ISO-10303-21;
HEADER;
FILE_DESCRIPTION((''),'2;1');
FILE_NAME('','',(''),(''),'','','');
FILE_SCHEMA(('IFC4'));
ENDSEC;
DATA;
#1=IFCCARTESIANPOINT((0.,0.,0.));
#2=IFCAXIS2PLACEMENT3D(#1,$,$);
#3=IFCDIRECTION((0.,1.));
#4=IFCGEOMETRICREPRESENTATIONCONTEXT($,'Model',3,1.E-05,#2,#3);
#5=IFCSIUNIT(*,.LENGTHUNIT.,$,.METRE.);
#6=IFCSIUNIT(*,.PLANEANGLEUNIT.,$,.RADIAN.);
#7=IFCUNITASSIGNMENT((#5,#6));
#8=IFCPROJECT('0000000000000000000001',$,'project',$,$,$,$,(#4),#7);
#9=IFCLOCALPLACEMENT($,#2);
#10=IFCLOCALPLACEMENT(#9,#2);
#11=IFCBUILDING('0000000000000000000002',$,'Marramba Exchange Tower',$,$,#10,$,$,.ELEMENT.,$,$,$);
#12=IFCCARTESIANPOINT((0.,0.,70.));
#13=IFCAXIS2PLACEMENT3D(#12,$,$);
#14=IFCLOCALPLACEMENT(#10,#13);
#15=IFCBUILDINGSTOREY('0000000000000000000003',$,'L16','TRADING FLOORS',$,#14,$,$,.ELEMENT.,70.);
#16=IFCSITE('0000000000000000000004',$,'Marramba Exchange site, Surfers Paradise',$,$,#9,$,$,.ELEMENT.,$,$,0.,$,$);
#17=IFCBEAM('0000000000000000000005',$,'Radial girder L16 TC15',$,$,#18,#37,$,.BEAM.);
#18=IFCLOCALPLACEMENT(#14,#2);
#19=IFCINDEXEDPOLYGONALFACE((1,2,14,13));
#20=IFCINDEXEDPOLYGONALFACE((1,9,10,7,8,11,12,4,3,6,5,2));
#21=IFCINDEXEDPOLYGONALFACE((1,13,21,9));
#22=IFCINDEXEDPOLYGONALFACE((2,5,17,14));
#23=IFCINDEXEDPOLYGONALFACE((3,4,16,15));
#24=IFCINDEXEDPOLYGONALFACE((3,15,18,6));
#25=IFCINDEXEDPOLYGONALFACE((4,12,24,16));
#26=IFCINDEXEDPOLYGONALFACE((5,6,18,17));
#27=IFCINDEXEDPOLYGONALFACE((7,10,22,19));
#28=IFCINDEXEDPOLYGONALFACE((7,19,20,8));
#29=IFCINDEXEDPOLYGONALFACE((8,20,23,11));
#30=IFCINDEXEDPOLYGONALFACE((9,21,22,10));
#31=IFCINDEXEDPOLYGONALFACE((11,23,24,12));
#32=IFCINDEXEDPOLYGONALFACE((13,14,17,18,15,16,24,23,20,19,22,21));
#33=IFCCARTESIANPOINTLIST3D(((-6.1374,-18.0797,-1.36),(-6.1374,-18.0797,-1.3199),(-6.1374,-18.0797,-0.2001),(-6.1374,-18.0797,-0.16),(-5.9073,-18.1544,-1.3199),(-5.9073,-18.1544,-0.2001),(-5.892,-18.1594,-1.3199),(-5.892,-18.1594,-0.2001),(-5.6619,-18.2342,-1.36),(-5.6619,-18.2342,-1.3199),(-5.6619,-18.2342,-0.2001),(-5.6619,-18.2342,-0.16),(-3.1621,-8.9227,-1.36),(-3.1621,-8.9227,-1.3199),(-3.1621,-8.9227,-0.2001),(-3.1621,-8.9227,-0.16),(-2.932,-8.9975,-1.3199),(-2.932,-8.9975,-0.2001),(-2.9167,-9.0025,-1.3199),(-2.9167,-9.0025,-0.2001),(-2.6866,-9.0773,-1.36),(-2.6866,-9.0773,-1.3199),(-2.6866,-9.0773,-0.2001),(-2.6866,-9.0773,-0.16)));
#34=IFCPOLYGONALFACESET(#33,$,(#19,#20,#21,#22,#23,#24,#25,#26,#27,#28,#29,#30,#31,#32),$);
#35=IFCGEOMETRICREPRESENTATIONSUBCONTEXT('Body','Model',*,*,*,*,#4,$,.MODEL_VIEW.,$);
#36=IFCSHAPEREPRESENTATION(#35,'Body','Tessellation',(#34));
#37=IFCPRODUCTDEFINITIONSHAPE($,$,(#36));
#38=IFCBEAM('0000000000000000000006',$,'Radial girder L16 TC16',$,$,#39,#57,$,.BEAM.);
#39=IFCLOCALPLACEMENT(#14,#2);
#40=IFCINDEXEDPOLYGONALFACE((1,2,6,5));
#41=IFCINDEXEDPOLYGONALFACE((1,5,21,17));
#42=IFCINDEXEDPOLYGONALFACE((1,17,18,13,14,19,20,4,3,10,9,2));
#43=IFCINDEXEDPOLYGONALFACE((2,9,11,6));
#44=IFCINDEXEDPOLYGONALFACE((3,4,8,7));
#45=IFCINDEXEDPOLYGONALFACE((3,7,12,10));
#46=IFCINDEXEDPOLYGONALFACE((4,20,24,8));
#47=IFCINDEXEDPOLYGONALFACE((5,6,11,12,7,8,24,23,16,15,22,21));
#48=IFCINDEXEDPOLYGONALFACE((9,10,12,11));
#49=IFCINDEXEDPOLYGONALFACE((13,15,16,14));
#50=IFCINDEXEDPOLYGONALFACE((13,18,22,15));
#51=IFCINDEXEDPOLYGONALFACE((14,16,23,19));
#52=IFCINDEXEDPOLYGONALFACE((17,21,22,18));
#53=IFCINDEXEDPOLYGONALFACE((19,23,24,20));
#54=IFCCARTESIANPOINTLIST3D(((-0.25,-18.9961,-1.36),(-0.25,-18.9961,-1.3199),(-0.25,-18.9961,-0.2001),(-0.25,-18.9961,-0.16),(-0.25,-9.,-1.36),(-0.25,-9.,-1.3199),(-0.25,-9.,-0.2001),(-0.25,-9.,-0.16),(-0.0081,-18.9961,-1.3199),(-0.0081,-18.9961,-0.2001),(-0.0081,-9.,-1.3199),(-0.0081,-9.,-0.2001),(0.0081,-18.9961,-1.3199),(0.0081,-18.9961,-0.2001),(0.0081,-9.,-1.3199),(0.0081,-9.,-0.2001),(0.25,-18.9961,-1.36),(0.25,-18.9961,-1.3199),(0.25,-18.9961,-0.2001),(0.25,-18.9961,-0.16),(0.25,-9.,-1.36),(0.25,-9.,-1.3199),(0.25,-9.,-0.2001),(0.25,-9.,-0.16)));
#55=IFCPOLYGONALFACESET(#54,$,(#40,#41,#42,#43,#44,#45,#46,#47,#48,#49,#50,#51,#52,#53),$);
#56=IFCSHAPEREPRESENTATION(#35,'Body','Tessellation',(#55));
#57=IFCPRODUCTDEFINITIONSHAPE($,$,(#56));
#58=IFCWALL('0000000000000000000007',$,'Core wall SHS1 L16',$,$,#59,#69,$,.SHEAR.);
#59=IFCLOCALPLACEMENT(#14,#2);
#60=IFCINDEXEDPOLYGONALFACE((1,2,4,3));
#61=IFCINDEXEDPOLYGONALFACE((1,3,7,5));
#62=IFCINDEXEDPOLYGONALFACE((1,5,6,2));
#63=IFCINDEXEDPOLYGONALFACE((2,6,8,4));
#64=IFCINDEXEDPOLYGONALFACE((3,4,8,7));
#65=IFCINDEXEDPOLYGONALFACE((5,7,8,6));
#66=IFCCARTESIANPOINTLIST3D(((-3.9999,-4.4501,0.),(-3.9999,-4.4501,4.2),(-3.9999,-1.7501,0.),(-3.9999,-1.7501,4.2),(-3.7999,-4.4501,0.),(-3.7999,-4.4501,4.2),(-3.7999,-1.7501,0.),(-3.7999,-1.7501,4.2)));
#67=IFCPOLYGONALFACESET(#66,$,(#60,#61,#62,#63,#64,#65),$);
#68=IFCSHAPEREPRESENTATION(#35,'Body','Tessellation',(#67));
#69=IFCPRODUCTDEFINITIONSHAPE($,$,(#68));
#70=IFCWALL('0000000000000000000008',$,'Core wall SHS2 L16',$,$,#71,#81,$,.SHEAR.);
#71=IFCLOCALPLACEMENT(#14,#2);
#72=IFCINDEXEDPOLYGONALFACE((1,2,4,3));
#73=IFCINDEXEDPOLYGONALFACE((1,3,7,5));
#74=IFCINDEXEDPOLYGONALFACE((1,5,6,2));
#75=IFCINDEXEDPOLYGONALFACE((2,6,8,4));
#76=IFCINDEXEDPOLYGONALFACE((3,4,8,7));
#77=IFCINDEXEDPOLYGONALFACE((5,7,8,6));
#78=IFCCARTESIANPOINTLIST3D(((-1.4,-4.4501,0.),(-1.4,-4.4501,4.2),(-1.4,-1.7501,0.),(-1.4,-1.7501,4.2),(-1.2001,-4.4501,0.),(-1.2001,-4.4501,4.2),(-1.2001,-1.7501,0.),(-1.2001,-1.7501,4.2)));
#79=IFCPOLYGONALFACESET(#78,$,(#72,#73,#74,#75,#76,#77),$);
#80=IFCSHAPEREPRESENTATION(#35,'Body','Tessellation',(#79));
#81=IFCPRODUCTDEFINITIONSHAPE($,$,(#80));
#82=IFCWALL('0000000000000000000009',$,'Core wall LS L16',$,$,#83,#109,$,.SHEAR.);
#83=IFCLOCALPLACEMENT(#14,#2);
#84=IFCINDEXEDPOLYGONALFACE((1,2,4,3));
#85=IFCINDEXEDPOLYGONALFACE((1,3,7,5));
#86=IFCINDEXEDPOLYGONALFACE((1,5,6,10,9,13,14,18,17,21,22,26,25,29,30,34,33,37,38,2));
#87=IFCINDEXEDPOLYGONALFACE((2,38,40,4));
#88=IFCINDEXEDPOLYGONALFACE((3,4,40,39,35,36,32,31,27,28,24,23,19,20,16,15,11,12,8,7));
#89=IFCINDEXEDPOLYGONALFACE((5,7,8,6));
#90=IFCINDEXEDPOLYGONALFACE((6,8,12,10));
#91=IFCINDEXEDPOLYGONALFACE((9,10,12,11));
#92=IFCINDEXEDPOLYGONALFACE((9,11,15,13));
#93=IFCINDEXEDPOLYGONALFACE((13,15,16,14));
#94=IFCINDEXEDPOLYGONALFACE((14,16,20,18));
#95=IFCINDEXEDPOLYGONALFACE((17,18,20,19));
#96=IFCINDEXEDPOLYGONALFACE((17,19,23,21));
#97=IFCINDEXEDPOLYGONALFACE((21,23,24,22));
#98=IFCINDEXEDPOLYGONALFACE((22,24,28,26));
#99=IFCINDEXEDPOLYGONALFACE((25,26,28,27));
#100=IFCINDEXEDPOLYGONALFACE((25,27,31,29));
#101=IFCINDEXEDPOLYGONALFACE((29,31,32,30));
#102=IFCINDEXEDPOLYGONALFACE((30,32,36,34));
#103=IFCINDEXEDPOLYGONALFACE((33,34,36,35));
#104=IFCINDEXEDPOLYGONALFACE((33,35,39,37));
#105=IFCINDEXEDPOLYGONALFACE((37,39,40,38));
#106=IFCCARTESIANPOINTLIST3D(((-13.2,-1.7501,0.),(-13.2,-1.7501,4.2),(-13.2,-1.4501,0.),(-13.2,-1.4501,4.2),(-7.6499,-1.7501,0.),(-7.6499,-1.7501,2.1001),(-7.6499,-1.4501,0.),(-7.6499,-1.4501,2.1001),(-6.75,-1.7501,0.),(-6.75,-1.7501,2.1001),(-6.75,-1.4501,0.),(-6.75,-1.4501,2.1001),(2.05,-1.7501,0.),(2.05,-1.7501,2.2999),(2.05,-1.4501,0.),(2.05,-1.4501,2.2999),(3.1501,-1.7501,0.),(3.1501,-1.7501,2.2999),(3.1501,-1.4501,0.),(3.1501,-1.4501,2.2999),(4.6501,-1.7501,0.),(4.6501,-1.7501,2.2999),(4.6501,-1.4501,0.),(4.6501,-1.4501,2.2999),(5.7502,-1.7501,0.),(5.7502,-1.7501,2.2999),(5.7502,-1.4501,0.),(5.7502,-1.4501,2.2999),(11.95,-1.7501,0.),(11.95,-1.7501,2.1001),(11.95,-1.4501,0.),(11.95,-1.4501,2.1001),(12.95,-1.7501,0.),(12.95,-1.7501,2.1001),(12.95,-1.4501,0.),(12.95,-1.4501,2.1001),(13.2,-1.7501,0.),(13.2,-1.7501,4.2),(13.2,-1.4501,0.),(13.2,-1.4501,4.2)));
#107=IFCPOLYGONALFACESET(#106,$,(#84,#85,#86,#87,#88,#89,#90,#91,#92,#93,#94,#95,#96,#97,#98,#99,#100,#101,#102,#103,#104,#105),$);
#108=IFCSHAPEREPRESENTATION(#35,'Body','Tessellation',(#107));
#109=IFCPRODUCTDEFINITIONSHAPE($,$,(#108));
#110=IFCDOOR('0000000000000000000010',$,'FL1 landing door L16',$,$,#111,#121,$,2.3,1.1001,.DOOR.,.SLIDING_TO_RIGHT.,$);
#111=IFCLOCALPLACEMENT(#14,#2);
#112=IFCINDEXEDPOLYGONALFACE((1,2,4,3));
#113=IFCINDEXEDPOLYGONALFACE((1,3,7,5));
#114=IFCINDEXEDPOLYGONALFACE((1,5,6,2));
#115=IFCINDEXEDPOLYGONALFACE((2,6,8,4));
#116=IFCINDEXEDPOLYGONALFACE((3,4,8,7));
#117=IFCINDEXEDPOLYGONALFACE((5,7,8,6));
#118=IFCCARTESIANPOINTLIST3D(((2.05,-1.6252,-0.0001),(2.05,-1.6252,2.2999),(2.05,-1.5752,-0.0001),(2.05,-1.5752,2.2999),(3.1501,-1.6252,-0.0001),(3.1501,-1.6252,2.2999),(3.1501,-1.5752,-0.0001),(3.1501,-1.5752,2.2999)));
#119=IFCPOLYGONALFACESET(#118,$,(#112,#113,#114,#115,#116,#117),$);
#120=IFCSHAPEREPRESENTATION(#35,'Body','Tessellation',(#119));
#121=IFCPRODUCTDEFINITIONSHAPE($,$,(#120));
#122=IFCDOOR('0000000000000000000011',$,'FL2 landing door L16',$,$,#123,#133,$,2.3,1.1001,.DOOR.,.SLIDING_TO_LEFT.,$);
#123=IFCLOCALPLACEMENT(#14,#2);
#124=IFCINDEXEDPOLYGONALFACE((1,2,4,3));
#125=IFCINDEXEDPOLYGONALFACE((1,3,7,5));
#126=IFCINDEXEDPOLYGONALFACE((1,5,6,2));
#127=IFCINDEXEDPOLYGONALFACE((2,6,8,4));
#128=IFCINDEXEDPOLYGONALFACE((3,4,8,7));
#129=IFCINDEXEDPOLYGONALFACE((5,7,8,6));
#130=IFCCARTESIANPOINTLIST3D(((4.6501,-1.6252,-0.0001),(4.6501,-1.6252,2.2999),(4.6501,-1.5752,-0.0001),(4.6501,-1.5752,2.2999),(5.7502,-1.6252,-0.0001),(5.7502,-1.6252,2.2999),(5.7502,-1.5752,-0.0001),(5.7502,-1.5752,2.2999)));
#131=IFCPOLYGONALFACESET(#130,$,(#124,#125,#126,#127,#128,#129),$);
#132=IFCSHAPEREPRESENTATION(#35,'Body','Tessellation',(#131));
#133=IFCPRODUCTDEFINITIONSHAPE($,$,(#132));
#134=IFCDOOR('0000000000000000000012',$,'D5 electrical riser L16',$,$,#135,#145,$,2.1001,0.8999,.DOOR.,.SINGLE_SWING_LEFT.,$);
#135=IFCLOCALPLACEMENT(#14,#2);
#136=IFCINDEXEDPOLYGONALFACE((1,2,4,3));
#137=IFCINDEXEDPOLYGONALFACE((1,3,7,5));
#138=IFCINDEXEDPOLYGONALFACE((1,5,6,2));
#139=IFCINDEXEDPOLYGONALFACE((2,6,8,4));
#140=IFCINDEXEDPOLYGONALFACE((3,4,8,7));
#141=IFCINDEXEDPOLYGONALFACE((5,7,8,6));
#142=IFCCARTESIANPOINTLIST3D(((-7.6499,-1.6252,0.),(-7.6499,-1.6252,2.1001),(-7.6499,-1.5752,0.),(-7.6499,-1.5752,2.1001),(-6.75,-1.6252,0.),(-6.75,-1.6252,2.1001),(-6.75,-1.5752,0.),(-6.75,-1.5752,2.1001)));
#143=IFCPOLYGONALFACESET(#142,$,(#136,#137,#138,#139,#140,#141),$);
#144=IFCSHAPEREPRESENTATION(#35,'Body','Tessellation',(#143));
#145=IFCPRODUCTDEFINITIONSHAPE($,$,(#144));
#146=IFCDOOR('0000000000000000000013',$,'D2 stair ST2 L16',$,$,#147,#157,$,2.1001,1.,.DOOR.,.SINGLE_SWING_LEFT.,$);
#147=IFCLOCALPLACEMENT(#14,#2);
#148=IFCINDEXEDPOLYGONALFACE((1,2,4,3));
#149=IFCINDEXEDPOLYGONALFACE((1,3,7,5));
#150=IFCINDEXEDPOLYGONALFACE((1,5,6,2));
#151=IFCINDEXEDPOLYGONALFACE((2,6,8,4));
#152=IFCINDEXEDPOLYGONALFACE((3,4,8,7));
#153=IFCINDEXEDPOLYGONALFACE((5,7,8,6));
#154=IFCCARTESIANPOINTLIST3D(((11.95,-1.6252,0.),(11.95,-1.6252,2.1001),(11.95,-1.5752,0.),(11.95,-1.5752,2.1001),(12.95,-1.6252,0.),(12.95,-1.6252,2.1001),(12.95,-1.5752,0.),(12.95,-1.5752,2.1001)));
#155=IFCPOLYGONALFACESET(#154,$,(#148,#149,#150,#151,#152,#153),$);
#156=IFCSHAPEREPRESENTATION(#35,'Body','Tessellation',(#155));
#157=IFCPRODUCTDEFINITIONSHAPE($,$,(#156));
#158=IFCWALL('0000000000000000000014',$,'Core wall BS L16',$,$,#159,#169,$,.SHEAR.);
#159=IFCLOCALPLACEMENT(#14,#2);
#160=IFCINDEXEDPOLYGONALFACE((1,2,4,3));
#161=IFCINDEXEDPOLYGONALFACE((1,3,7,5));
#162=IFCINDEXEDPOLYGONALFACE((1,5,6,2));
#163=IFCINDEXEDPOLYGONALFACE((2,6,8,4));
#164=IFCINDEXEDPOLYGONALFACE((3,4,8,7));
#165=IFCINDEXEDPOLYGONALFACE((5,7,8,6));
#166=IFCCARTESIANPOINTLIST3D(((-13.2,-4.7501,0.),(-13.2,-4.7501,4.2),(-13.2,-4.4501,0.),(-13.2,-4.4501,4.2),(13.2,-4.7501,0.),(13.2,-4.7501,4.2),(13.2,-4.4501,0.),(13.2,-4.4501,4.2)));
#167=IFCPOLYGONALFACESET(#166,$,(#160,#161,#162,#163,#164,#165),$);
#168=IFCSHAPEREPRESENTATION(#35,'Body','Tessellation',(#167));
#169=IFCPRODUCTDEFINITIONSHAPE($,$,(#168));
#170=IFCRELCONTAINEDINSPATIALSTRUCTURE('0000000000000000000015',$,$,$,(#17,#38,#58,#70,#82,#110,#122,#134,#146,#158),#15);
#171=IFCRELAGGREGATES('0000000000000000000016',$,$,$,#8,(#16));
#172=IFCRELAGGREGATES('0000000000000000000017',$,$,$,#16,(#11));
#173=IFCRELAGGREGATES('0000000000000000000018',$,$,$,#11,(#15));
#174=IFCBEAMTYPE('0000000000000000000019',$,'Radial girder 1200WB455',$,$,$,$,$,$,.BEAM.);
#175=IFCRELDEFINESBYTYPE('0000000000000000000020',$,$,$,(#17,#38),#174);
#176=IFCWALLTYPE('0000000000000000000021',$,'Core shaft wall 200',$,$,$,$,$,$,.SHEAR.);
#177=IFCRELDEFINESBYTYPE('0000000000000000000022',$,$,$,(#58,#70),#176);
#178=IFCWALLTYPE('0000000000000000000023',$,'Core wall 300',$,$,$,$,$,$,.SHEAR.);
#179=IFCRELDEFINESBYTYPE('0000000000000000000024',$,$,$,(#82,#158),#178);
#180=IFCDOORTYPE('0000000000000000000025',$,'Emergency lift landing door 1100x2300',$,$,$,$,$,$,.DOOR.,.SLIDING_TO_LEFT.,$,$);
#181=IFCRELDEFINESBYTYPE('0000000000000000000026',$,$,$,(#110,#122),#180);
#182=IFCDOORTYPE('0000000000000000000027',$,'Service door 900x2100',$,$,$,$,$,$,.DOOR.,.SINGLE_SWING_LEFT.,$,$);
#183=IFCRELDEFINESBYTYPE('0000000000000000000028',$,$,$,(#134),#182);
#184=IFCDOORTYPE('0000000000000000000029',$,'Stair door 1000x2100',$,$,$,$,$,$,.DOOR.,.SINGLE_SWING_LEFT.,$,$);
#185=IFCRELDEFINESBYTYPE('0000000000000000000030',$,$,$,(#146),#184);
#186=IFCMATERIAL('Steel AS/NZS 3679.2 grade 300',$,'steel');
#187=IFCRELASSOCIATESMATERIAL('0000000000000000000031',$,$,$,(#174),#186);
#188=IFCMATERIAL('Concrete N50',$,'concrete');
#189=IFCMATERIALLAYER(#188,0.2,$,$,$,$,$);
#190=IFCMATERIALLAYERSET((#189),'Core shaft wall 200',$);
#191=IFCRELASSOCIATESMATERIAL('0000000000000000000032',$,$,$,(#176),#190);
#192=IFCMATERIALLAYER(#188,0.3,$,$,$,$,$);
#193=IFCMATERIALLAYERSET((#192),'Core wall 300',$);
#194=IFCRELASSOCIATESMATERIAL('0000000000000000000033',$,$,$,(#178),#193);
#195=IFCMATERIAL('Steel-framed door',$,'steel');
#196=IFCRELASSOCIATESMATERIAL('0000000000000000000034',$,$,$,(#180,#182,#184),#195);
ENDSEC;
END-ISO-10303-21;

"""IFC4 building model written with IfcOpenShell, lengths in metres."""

from ifc_helpers import new_model, si_unit, direction, frame, frame_2d, origin, origin_2d, place, context, subcontext, project, spatial, rectangle, i_section, extrude, material, layer, layer_set, material_profile, profile_set, type_object, element, fill, save


model = new_model("IFC4")

# Units and contexts
model_context = context("Model", 3, precision=1e-05, world=origin(), true_north=direction((0.0, 1.0)))
body_context = subcontext(model_context, "Body", "Model", "MODEL_VIEW")
ifc_project = project(units=[si_unit("LENGTHUNIT", "METRE"), si_unit("PLANEANGLEUNIT", "RADIAN")], contexts=[model_context])

# Site, building, storey
site_placement = place(None, origin())
site = spatial("IfcSite", under=ifc_project, at=site_placement, Name="Marramba Exchange site, Surfers Paradise", CompositionType="ELEMENT", RefElevation=0.0)
building_placement = place(site_placement, origin())
building = spatial("IfcBuilding", under=site, at=building_placement, Name="Marramba Exchange Tower", CompositionType="ELEMENT")
storey_placement = place(building_placement, frame((0.0, 0.0, 70.0)))
storey = spatial("IfcBuildingStorey", under=building, at=storey_placement, Name="L16", Description="TRADING FLOORS", CompositionType="ELEMENT", Elevation=70.0)

# Beams
ifc_material_1 = material(Name="Steel AS/NZS 3679.2 grade 300", Category="steel")
ifc_material_profile = material_profile(ifc_material_1, i_section(OverallWidth=0.5, OverallDepth=1.2, WebThickness=0.0161, FlangeThickness=0.04, at=origin_2d()), Name="1200WB455")
ifc_profile_set = profile_set([ifc_material_profile], Name="Steel AS/NZS 3679.2 grade 300")
beam_type = type_object("IfcBeamType", Name="Radial girder 1200WB455", PredefinedType="BEAM", material=ifc_profile_set)
beam_1_placement = place(storey_placement, frame((-2.9243, -9.0, -0.76), z_axis=(-0.309022, -0.951055, 0.0), x_axis=(0.951055, -0.309022, 0.0)))
element("IfcBeam", 1, at=beam_1_placement, inside=storey, type_object=beam_type, Name="Radial girder L16 TC15", PredefinedType="BEAM", context=body_context, shape_type="SweptSolid", body=[
    extrude(i_section(OverallWidth=0.5, OverallDepth=1.2, WebThickness=0.0161, FlangeThickness=0.04, at=origin_2d()), origin(), (0.0, 0.0, 1.0), 9.6282),
])
beam_2_placement = place(storey_placement, frame((0.0, -9.0, -0.76), z_axis=(0.0, -1.0, 0.0), x_axis=(1.0, 0.0, 0.0)))
element("IfcBeam", 2, at=beam_2_placement, inside=storey, type_object=beam_type, Name="Radial girder L16 TC16", PredefinedType="BEAM", context=body_context, shape_type="SweptSolid", body=[
    extrude(i_section(OverallWidth=0.5, OverallDepth=1.2, WebThickness=0.0161, FlangeThickness=0.04, at=origin_2d()), origin(), (0.0, 0.0, 1.0), 9.9961),
])

# Walls
ifc_material_2 = material(Name="Concrete N50", Category="concrete")
ifc_layer_1 = layer(ifc_material_2, 0.2)
ifc_layer_set_1 = layer_set([ifc_layer_1], Name="Core shaft wall 200")
wall_type_1 = type_object("IfcWallType", Name="Core shaft wall 200", PredefinedType="SHEAR", material=ifc_layer_set_1)
for number, where, z_axis, x_axis, name in (
    (3, (-3.8999, -1.75, 0.0), (0.0, 0.0, 1.0), (0.0, -1.0, 0.0), "Core wall SHS1 L16"),
    (4, (-1.3, -1.75, 0.0), (0.0, 0.0, 1.0), (0.0, -1.0, 0.0), "Core wall SHS2 L16"),
):
    element("IfcWall", number, at=place(storey_placement, frame(where, z_axis=z_axis, x_axis=x_axis)), inside=storey, type_object=wall_type_1, Name=name, PredefinedType="SHEAR", context=body_context, shape_type="SweptSolid", body=[
        extrude(rectangle(XDim=2.7, YDim=0.2, at=frame_2d((1.3501, 0.0))), origin(), (0.0, 0.0, 1.0), 4.2),
    ])

# Wall, openings, doors
ifc_layer_2 = layer(ifc_material_2, 0.3)
ifc_layer_set_2 = layer_set([ifc_layer_2], Name="Core wall 300")
wall_type_2 = type_object("IfcWallType", Name="Core wall 300", PredefinedType="SHEAR", material=ifc_layer_set_2)
wall_1_placement = place(storey_placement, frame((-13.2, -1.6001, 0.0), z_axis=(0.0, 0.0, 1.0), x_axis=(1.0, 0.0, 0.0)))
wall_1 = element("IfcWall", 5, at=wall_1_placement, inside=storey, type_object=wall_type_2, Name="Core wall LS L16", PredefinedType="SHEAR", context=body_context, shape_type="SweptSolid", body=[
    extrude(rectangle(XDim=26.3999, YDim=0.3, at=frame_2d((13.2, 0.0))), origin(), (0.0, 0.0, 1.0), 4.2),
])
opening_1_placement = place(wall_1_placement, frame((25.1499, 0.0, 0.0)))
opening_1 = element("IfcOpeningElement", 6, at=opening_1_placement, cuts=wall_1, PredefinedType="OPENING", context=body_context, shape_type="SweptSolid", body=[
    extrude(rectangle(XDim=1.0, YDim=2.1001, at=frame_2d((0.5, 1.05))), frame((0.0, 0.1599, 0.0), z_axis=(0.0, -1.0, 0.0), x_axis=(1.0, 0.0, 0.0)), (0.0, 0.0, 1.0), 0.3201),
])
opening_2_placement = place(wall_1_placement, frame((15.25, 0.0, 0.0)))
opening_2 = element("IfcOpeningElement", 7, at=opening_2_placement, cuts=wall_1, PredefinedType="OPENING", context=body_context, shape_type="SweptSolid", body=[
    extrude(rectangle(XDim=1.1001, YDim=2.3, at=frame_2d((0.55, 1.1499))), frame((0.0, 0.1599, 0.0), z_axis=(0.0, -1.0, 0.0), x_axis=(1.0, 0.0, 0.0)), (0.0, 0.0, 1.0), 0.3201),
])
opening_3_placement = place(wall_1_placement, frame((17.8501, 0.0, 0.0)))
opening_3 = element("IfcOpeningElement", 8, at=opening_3_placement, cuts=wall_1, PredefinedType="OPENING", context=body_context, shape_type="SweptSolid", body=[
    extrude(rectangle(XDim=1.1001, YDim=2.3, at=frame_2d((0.55, 1.1499))), frame((0.0, 0.1599, 0.0), z_axis=(0.0, -1.0, 0.0), x_axis=(1.0, 0.0, 0.0)), (0.0, 0.0, 1.0), 0.3201),
])
opening_4_placement = place(wall_1_placement, frame((5.55, 0.0, 0.0)))
opening_4 = element("IfcOpeningElement", 9, at=opening_4_placement, cuts=wall_1, PredefinedType="OPENING", context=body_context, shape_type="SweptSolid", body=[
    extrude(rectangle(XDim=0.8999, YDim=2.1001, at=frame_2d((0.45, 1.05))), frame((0.0, 0.1599, 0.0), z_axis=(0.0, -1.0, 0.0), x_axis=(1.0, 0.0, 0.0)), (0.0, 0.0, 1.0), 0.3201),
])
ifc_material_3 = material(Name="Steel-framed door", Category="steel")
door_type_1 = type_object("IfcDoorType", Name="Emergency lift landing door 1100x2300", OperationType="SLIDING_TO_LEFT", PredefinedType="DOOR", material=ifc_material_3)
door_1_placement = place(opening_2_placement, frame((1.1001, 0.0, 0.0), z_axis=(0.0, 0.0, 1.0), x_axis=(-1.0, 0.0, 0.0)))
door_1 = element("IfcDoor", 10, at=door_1_placement, inside=storey, type_object=door_type_1, Name="FL1 landing door L16", OperationType="SLIDING_TO_RIGHT", OverallHeight=2.3, OverallWidth=1.1001, PredefinedType="DOOR", context=body_context, shape_type="SweptSolid", body=[
    extrude(rectangle(XDim=1.1001, YDim=2.3, at=frame_2d((0.55, 1.1499))), frame((0.0, 0.0251, 0.0), z_axis=(0.0, -1.0, 0.0), x_axis=(1.0, 0.0, 0.0)), (0.0, 0.0, 1.0), 0.05),
])
fill(opening_2, door_1)
door_2_placement = place(opening_3_placement, frame((1.1001, 0.0, 0.0), z_axis=(0.0, 0.0, 1.0), x_axis=(-1.0, 0.0, 0.0)))
door_2 = element("IfcDoor", 11, at=door_2_placement, inside=storey, type_object=door_type_1, Name="FL2 landing door L16", OperationType="SLIDING_TO_LEFT", OverallHeight=2.3, OverallWidth=1.1001, PredefinedType="DOOR", context=body_context, shape_type="SweptSolid", body=[
    extrude(rectangle(XDim=1.1001, YDim=2.3, at=frame_2d((0.55, 1.1499))), frame((0.0, 0.0251, 0.0), z_axis=(0.0, -1.0, 0.0), x_axis=(1.0, 0.0, 0.0)), (0.0, 0.0, 1.0), 0.05),
])
fill(opening_3, door_2)
door_type_2 = type_object("IfcDoorType", Name="Service door 900x2100", OperationType="SINGLE_SWING_LEFT", PredefinedType="DOOR", material=ifc_material_3)
door_3_placement = place(opening_4_placement, frame((0.8999, 0.0, 0.0), z_axis=(0.0, 0.0, 1.0), x_axis=(-1.0, 0.0, 0.0)))
door_3 = element("IfcDoor", 12, at=door_3_placement, inside=storey, type_object=door_type_2, Name="D5 electrical riser L16", OperationType="SINGLE_SWING_LEFT", OverallHeight=2.1001, OverallWidth=0.8999, PredefinedType="DOOR", context=body_context, shape_type="SweptSolid", body=[
    extrude(rectangle(XDim=0.8999, YDim=2.1001, at=frame_2d((0.45, 1.05))), frame((0.0, 0.0251, 0.0), z_axis=(0.0, -1.0, 0.0), x_axis=(1.0, 0.0, 0.0)), (0.0, 0.0, 1.0), 0.05),
])
fill(opening_4, door_3)
door_type_3 = type_object("IfcDoorType", Name="Stair door 1000x2100", OperationType="SINGLE_SWING_LEFT", PredefinedType="DOOR", material=ifc_material_3)
door_4_placement = place(opening_1_placement, frame((1.0, 0.0, 0.0), z_axis=(0.0, 0.0, 1.0), x_axis=(-1.0, 0.0, 0.0)))
door_4 = element("IfcDoor", 13, at=door_4_placement, inside=storey, type_object=door_type_3, Name="D2 stair ST2 L16", OperationType="SINGLE_SWING_LEFT", OverallHeight=2.1001, OverallWidth=1.0, PredefinedType="DOOR", context=body_context, shape_type="SweptSolid", body=[
    extrude(rectangle(XDim=1.0, YDim=2.1001, at=frame_2d((0.5, 1.05))), frame((0.0, 0.0251, 0.0), z_axis=(0.0, -1.0, 0.0), x_axis=(1.0, 0.0, 0.0)), (0.0, 0.0, 1.0), 0.05),
])
fill(opening_1, door_4)

# Wall
wall_2_placement = place(storey_placement, frame((-13.2, -4.6001, 0.0), z_axis=(0.0, 0.0, 1.0), x_axis=(1.0, 0.0, 0.0)))
element("IfcWall", 14, at=wall_2_placement, inside=storey, type_object=wall_type_2, Name="Core wall BS L16", PredefinedType="SHEAR", context=body_context, shape_type="SweptSolid", body=[
    extrude(rectangle(XDim=26.3999, YDim=0.3, at=frame_2d((13.2, 0.0))), origin(), (0.0, 0.0, 1.0), 4.2),
])

save(model, "model.ifc")
